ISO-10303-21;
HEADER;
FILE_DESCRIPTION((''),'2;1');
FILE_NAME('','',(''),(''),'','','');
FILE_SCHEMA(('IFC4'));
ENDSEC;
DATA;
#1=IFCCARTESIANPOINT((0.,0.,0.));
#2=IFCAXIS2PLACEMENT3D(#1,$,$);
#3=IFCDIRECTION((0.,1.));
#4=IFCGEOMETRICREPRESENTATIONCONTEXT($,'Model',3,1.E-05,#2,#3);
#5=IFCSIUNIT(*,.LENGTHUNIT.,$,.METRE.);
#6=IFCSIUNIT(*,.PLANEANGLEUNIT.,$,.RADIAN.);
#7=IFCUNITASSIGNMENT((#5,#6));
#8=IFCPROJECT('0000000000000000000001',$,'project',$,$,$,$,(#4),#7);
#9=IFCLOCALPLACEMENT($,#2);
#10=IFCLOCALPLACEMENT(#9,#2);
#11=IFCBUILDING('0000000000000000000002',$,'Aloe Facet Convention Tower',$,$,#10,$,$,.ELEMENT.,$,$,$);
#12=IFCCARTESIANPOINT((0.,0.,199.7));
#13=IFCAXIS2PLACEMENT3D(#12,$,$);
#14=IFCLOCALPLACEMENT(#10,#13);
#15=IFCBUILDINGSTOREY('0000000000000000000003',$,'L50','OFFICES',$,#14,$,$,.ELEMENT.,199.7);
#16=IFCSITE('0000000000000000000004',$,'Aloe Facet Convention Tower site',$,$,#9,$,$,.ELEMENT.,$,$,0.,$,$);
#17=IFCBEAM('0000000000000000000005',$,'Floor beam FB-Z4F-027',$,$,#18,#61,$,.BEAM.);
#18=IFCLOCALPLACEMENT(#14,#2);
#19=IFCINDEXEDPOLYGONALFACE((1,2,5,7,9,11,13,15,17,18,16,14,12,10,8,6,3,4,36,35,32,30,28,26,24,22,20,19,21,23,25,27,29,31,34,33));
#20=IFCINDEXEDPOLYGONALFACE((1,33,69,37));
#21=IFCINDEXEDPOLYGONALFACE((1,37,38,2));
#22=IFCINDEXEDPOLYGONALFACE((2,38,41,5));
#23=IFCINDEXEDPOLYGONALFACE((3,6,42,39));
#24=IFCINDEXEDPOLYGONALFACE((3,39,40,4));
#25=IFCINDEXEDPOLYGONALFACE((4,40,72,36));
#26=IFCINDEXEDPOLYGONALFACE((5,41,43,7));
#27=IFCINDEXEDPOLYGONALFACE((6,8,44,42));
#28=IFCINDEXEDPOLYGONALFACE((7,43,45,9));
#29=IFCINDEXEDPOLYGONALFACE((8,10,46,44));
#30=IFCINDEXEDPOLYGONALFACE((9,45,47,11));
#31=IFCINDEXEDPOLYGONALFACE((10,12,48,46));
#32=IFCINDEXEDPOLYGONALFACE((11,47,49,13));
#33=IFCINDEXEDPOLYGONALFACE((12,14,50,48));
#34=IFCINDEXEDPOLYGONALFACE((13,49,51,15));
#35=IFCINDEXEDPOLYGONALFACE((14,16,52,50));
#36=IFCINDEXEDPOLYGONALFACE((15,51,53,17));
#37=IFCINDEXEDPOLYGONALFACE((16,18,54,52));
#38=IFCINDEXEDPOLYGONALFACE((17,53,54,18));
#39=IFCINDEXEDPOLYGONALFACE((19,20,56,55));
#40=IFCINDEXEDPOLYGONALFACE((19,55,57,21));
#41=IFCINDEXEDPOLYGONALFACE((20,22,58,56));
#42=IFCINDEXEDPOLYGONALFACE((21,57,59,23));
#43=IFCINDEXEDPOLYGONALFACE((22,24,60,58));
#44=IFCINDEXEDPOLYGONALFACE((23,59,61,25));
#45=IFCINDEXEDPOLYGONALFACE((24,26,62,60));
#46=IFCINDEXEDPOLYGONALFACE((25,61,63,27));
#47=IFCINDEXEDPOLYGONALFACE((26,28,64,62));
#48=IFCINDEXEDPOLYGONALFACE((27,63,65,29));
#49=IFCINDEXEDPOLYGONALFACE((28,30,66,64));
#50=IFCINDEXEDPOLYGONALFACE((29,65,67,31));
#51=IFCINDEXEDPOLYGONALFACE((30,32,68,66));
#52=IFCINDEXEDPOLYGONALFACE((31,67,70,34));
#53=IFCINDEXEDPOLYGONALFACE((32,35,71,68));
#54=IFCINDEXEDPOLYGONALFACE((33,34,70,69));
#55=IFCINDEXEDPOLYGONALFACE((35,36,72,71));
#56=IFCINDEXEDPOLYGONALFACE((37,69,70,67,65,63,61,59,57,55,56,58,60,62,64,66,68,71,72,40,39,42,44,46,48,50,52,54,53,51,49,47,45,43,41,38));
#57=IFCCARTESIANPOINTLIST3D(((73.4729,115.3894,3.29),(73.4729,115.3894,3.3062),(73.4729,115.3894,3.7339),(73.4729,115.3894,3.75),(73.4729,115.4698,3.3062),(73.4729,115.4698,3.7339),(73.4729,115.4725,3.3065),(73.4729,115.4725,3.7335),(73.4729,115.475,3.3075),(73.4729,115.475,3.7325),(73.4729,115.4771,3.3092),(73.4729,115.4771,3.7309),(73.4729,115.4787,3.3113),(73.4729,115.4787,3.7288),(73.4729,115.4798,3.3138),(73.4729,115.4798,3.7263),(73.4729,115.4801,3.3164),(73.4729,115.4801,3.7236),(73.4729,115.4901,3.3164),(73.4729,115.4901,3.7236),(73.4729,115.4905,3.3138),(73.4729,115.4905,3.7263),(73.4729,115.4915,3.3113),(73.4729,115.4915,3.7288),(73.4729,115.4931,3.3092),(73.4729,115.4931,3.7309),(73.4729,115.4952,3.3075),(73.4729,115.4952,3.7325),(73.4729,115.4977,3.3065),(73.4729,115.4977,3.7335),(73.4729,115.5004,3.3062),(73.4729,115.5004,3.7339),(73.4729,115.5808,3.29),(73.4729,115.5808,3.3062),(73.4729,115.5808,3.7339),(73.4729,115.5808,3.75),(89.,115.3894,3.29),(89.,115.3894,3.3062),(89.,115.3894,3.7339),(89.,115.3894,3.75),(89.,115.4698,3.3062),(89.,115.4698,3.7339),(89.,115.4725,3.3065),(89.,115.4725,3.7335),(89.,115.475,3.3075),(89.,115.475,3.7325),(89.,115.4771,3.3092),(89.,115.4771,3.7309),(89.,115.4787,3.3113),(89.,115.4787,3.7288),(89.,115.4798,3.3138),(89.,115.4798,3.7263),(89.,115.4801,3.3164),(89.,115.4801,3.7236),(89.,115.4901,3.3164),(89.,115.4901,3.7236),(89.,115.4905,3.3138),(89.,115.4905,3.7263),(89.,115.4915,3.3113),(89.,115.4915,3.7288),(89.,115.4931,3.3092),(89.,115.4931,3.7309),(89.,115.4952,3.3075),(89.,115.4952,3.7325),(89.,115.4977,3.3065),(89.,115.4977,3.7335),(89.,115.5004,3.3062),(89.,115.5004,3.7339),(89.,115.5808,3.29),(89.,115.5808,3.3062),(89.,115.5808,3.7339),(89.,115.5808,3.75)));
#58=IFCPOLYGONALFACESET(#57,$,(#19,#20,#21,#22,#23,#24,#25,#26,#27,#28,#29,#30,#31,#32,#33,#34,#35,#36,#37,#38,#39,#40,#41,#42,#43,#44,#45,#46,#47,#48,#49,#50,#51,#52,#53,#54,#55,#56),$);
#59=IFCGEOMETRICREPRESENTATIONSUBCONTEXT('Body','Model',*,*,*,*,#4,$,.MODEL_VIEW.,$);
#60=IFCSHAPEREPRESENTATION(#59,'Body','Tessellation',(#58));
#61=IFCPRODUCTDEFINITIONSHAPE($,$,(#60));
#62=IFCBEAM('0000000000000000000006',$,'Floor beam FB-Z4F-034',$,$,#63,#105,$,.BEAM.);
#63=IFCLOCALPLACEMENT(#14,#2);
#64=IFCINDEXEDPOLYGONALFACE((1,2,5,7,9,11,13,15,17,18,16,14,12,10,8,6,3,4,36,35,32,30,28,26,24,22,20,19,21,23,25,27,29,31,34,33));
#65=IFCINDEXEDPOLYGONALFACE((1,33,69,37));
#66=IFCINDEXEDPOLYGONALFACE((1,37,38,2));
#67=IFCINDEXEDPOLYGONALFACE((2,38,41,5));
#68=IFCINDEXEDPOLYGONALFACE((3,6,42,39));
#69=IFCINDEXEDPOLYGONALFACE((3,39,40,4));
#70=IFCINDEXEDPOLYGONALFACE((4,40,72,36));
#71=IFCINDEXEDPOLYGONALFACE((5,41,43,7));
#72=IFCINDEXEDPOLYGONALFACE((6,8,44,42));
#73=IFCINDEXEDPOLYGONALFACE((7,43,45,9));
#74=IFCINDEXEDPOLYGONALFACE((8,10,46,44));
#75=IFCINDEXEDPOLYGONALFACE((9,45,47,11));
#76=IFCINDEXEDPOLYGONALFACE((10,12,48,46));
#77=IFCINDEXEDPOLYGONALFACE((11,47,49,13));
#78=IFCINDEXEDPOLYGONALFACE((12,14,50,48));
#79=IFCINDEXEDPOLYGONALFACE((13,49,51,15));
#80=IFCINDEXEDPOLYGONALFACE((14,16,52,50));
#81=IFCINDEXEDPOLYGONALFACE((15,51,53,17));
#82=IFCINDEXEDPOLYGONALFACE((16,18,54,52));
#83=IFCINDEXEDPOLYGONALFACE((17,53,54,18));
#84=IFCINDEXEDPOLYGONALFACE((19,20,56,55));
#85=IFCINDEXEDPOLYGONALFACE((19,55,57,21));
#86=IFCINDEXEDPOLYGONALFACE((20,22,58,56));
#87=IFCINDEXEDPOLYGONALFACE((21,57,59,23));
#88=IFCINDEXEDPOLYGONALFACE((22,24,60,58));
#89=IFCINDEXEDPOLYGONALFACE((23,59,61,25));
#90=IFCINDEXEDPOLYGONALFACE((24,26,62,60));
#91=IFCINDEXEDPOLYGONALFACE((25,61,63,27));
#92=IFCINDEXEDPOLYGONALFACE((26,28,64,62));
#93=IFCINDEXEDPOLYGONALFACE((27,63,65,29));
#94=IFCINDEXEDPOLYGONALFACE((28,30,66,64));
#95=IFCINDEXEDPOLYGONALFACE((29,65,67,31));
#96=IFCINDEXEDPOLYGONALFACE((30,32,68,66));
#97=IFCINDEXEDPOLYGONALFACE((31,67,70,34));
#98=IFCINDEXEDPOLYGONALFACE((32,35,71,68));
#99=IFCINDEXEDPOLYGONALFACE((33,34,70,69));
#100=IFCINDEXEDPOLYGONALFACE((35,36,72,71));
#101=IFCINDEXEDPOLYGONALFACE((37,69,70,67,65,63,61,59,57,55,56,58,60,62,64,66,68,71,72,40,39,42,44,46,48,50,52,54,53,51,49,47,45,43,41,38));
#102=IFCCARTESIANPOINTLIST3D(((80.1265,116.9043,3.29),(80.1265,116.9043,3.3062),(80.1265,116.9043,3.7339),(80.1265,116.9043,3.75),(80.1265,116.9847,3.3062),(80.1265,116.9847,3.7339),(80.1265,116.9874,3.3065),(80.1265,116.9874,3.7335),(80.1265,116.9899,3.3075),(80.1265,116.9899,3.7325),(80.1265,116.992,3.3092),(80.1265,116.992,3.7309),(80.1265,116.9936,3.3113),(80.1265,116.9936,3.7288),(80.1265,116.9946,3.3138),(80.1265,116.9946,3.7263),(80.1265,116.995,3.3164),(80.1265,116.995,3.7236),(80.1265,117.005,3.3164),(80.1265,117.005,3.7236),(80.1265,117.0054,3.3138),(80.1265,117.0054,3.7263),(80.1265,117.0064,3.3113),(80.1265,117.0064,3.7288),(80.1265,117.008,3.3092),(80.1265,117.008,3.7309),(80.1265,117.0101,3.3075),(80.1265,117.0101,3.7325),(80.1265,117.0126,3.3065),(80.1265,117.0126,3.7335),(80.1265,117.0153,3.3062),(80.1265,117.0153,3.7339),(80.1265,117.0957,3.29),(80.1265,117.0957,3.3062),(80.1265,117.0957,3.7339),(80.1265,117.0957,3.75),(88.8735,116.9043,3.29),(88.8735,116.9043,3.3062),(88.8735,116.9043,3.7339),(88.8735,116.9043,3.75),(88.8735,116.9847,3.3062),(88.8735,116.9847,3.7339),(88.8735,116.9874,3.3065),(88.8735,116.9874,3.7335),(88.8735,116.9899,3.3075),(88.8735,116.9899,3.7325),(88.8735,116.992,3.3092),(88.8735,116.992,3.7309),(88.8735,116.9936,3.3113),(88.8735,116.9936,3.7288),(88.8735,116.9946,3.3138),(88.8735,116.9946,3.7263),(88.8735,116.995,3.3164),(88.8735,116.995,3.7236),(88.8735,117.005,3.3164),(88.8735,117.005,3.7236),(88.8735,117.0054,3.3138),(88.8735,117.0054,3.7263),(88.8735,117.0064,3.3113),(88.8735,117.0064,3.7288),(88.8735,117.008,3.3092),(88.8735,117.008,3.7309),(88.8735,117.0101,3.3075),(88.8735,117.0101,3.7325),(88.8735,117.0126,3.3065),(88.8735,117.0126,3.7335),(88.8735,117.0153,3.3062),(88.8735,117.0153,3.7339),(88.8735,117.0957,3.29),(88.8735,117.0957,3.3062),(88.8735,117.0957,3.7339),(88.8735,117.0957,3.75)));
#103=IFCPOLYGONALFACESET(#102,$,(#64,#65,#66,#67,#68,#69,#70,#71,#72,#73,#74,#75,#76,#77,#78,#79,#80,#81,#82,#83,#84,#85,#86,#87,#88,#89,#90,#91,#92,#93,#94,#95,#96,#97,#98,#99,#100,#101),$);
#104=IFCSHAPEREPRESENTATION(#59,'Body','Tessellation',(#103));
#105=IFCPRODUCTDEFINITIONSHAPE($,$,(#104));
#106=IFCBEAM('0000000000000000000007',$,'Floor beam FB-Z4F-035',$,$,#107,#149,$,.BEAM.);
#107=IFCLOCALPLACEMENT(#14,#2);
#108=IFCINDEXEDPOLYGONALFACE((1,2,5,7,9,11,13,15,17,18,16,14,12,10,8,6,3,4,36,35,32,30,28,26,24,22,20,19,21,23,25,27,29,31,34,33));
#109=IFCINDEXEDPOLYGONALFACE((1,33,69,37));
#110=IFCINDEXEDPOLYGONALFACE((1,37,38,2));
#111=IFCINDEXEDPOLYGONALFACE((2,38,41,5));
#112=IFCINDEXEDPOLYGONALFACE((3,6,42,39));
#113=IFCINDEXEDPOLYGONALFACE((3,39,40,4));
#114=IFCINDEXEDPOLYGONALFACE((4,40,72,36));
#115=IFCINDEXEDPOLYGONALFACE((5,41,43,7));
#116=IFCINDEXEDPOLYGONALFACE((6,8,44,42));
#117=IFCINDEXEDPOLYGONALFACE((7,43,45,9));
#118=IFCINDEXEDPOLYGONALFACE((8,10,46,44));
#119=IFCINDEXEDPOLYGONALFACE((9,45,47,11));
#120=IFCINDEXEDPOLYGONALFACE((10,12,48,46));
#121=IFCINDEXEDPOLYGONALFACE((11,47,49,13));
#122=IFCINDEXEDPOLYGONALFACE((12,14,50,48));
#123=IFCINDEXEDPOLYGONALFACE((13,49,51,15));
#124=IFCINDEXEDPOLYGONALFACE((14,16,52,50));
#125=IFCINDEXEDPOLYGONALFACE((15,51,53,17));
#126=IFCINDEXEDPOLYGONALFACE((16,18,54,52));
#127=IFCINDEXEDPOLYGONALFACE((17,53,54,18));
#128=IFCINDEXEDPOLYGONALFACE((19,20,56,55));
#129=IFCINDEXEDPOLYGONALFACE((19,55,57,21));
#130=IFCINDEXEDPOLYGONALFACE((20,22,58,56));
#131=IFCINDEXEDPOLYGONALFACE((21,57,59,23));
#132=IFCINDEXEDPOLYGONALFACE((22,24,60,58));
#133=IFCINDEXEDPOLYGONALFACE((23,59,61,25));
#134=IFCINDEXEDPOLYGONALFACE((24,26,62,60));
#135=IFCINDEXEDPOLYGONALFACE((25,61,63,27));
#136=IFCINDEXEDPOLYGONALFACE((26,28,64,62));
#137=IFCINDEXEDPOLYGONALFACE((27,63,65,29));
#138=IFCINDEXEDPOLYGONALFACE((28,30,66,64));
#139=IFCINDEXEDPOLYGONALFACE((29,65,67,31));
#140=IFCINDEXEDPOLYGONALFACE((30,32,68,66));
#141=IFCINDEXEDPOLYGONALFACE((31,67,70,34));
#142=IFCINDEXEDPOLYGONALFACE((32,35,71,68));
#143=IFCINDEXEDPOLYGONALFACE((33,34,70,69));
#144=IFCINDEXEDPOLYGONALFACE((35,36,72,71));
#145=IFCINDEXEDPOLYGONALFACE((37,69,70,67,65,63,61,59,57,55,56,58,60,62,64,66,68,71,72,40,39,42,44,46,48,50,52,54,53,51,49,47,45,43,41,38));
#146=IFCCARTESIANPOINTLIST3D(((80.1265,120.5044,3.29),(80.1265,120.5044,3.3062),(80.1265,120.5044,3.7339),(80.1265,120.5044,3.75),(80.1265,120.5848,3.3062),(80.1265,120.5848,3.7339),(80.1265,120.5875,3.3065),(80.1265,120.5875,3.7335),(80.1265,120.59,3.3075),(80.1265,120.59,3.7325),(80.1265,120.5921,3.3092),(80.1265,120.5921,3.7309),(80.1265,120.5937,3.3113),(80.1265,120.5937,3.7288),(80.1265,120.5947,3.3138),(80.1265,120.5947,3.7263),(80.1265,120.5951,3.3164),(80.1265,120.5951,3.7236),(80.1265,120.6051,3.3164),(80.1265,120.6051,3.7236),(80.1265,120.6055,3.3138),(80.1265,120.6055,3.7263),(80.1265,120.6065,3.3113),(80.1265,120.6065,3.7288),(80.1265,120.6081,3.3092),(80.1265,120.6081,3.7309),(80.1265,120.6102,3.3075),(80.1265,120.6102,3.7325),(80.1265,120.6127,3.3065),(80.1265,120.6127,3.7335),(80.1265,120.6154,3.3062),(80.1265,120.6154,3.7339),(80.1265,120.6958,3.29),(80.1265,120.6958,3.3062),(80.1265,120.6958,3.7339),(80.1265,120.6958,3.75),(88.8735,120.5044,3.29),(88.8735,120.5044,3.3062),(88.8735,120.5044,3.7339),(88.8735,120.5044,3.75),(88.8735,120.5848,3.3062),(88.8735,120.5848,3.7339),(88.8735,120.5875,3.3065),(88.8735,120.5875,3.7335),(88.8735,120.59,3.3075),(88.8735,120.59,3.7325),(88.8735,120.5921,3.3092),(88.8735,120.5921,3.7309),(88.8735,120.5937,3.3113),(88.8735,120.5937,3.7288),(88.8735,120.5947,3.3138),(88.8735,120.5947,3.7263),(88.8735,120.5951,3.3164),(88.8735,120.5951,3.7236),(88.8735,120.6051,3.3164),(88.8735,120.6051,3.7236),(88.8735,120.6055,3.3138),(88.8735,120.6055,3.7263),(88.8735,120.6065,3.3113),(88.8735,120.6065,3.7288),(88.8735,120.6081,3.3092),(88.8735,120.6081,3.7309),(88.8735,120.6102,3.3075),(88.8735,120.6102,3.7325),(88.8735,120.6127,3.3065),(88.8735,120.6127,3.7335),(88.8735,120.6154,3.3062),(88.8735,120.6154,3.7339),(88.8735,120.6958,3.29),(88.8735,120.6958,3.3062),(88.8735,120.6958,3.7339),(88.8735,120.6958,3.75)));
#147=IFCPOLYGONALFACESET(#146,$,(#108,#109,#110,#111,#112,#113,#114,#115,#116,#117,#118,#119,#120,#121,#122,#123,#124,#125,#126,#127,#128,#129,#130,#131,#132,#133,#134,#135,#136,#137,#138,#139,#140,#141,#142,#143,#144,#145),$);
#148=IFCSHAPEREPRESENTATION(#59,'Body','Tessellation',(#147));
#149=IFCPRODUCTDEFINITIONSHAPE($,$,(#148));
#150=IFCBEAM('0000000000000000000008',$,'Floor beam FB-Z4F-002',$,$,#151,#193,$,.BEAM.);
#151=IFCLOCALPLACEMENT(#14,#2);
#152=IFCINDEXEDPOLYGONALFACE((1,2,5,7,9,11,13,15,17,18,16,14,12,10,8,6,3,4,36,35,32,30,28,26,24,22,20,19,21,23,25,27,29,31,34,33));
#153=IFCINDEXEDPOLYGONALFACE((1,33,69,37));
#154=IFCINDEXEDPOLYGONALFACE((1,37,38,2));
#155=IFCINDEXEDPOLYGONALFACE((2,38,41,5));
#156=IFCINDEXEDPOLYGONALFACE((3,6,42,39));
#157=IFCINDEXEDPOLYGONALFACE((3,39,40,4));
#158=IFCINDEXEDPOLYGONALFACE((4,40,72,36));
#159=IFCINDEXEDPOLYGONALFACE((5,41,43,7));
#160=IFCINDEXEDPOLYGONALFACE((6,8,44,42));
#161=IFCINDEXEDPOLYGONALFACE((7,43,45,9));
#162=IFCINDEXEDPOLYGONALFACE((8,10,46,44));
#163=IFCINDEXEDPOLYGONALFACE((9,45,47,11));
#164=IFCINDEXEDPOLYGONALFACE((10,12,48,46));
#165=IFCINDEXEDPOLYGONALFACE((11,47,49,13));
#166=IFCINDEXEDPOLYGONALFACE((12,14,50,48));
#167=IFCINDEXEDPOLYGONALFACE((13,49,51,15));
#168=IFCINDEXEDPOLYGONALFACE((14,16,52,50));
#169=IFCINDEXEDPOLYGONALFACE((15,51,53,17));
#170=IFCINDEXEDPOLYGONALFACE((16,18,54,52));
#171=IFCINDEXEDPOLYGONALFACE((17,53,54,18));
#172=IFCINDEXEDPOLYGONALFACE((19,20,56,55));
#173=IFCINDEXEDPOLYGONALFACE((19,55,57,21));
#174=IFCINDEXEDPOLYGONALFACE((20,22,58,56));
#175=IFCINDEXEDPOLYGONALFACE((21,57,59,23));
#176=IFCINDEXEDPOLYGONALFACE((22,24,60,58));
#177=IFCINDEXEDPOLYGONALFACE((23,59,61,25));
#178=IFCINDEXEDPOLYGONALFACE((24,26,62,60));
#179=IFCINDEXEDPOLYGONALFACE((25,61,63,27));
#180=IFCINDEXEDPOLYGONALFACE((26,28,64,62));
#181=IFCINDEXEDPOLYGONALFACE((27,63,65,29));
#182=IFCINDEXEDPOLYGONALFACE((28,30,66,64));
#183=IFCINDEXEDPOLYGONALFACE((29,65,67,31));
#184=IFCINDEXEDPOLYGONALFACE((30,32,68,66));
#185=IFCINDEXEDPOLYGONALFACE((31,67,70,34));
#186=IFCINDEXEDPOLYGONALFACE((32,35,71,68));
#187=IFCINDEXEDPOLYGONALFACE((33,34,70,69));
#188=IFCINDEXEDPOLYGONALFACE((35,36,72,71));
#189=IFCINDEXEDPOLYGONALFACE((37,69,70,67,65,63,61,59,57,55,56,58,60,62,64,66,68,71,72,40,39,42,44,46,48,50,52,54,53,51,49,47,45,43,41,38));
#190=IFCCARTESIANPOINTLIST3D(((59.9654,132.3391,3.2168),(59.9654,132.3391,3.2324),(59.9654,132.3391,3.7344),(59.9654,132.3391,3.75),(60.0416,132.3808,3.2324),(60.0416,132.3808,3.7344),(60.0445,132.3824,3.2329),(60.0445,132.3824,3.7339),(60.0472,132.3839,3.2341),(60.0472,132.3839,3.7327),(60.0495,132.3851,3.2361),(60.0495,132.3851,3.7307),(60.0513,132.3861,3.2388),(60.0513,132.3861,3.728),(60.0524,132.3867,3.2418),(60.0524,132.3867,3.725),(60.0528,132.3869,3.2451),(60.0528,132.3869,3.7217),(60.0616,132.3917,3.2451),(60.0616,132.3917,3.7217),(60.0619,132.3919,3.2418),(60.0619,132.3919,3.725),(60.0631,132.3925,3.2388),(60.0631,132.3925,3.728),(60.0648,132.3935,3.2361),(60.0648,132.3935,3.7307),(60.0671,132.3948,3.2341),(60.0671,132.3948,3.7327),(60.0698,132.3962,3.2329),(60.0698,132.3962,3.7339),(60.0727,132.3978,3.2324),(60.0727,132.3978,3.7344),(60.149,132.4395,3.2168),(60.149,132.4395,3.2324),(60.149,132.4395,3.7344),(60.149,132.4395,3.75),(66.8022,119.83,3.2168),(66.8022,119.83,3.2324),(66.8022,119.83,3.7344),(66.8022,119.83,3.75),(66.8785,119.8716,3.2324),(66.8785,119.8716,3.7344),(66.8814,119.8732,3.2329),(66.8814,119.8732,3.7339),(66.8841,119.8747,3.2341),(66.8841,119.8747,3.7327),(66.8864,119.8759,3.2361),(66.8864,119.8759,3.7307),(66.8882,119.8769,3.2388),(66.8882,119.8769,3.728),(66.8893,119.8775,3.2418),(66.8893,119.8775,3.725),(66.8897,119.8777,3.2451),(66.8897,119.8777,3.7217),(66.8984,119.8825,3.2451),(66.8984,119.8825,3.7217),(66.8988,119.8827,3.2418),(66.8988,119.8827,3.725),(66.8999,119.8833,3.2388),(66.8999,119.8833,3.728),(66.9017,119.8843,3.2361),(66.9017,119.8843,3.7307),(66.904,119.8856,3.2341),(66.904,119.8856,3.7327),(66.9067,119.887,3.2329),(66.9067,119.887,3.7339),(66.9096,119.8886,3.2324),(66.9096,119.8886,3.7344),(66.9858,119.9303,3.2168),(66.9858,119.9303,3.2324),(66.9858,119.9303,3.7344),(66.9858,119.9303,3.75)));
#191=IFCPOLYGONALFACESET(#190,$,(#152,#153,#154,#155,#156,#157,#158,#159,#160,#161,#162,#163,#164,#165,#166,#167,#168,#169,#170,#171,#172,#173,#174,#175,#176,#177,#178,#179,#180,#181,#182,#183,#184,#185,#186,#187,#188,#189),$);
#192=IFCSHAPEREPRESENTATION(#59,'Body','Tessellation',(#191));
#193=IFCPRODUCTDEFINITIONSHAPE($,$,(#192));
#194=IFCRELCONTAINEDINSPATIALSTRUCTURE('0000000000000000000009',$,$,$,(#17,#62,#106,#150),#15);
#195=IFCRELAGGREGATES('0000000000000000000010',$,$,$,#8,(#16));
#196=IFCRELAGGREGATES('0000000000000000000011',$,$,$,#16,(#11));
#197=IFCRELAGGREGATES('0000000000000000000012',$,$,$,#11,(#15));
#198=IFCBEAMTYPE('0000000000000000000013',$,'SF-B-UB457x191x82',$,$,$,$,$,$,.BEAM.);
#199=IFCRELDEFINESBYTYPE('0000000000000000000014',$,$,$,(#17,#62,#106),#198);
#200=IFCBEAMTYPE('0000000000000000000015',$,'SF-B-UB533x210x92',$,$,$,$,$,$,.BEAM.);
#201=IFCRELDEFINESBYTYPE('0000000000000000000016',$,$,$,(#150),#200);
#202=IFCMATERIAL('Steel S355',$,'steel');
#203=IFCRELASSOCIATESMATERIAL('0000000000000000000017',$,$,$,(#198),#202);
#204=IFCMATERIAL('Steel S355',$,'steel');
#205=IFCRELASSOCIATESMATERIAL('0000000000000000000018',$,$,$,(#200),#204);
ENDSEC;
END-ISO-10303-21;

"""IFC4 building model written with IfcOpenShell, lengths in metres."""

from ifc_helpers import new_model, si_unit, direction, frame, origin, origin_2d, place, context, subcontext, project, spatial, i_section, extrude, material, material_profile, profile_set, type_object, element, save


model = new_model("IFC4")

# Units and contexts
model_context = context("Model", 3, precision=1e-05, world=origin(), true_north=direction((0.0, 1.0)))
body_context = subcontext(model_context, "Body", "Model", "MODEL_VIEW")
ifc_project = project(units=[si_unit("LENGTHUNIT", "METRE"), si_unit("PLANEANGLEUNIT", "RADIAN")], contexts=[model_context])

# Site, building, storey
site_placement = place(None, origin())
site = spatial("IfcSite", under=ifc_project, at=site_placement, Name="Aloe Facet Convention Tower site", CompositionType="ELEMENT", RefElevation=0.0)
building_placement = place(site_placement, origin())
building = spatial("IfcBuilding", under=site, at=building_placement, Name="Aloe Facet Convention Tower", CompositionType="ELEMENT")
storey_placement = place(building_placement, frame((0.0, 0.0, 199.7)))
storey = spatial("IfcBuildingStorey", under=building, at=storey_placement, Name="L50", Description="OFFICES", CompositionType="ELEMENT", Elevation=199.7)

# Beams
ifc_material_1 = material(Name="Steel S355", Category="steel")
ifc_material_profile_1 = material_profile(ifc_material_1, i_section(OverallWidth=0.1914, OverallDepth=0.46, WebThickness=0.01, FlangeThickness=0.0161, FilletRadius=0.0103, at=origin_2d()), Name="UB 457x191x82")
ifc_profile_set_1 = profile_set([ifc_material_profile_1], Name="Steel S355")
beam_type_1 = type_object("IfcBeamType", Name="SF-B-UB457x191x82", PredefinedType="BEAM", material=ifc_profile_set_1)
beam_1_placement = place(storey_placement, frame((73.4729, 115.4851, 3.52), z_axis=(1.0, 0.0, 0.0), x_axis=(0.0, 1.0, 0.0)))
element("IfcBeam", 1, at=beam_1_placement, inside=storey, type_object=beam_type_1, Name="Floor beam FB-Z4F-027", PredefinedType="BEAM", context=body_context, shape_type="SweptSolid", body=[
    extrude(i_section(OverallWidth=0.1914, OverallDepth=0.46, WebThickness=0.01, FlangeThickness=0.0161, FilletRadius=0.0103, at=origin_2d()), origin(), (0.0, 0.0, 1.0), 15.5271),
])
for number, where, z_axis, x_axis, name in (
    (2, (80.1265, 117.0, 3.52), (1.0, 0.0, 0.0), (0.0, 1.0, 0.0), "Floor beam FB-Z4F-034"),
    (3, (80.1265, 120.6001, 3.52), (1.0, 0.0, 0.0), (0.0, 1.0, 0.0), "Floor beam FB-Z4F-035"),
):
    element("IfcBeam", number, at=place(storey_placement, frame(where, z_axis=z_axis, x_axis=x_axis)), inside=storey, type_object=beam_type_1, Name=name, PredefinedType="BEAM", context=body_context, shape_type="SweptSolid", body=[
        extrude(i_section(OverallWidth=0.1914, OverallDepth=0.46, WebThickness=0.01, FlangeThickness=0.0161, FilletRadius=0.0103, at=origin_2d()), origin(), (0.0, 0.0, 1.0), 8.7471),
    ])
ifc_material_2 = material(Name="Steel S355", Category="steel")
ifc_material_profile_2 = material_profile(ifc_material_2, i_section(OverallWidth=0.2092, OverallDepth=0.5332, WebThickness=0.01, FlangeThickness=0.0156, FilletRadius=0.0127, at=origin_2d()), Name="UB 533x210x92")
ifc_profile_set_2 = profile_set([ifc_material_profile_2], Name="Steel S355")
beam_type_2 = type_object("IfcBeamType", Name="SF-B-UB533x210x92", PredefinedType="BEAM", material=ifc_profile_set_2)
beam_2_placement = place(storey_placement, frame((66.894, 119.8801, 3.4834), z_axis=(-0.479591, 0.877492, 0.0), x_axis=(-0.877492, -0.479591, 0.0)))
element("IfcBeam", 4, at=beam_2_placement, inside=storey, type_object=beam_type_2, Name="Floor beam FB-Z4F-002", PredefinedType="BEAM", context=body_context, shape_type="SweptSolid", body=[
    extrude(i_section(OverallWidth=0.2092, OverallDepth=0.5332, WebThickness=0.01, FlangeThickness=0.0156, FilletRadius=0.0127, at=origin_2d()), origin(), (0.0, 0.0, 1.0), 14.2556),
])

save(model, "model.ifc")
